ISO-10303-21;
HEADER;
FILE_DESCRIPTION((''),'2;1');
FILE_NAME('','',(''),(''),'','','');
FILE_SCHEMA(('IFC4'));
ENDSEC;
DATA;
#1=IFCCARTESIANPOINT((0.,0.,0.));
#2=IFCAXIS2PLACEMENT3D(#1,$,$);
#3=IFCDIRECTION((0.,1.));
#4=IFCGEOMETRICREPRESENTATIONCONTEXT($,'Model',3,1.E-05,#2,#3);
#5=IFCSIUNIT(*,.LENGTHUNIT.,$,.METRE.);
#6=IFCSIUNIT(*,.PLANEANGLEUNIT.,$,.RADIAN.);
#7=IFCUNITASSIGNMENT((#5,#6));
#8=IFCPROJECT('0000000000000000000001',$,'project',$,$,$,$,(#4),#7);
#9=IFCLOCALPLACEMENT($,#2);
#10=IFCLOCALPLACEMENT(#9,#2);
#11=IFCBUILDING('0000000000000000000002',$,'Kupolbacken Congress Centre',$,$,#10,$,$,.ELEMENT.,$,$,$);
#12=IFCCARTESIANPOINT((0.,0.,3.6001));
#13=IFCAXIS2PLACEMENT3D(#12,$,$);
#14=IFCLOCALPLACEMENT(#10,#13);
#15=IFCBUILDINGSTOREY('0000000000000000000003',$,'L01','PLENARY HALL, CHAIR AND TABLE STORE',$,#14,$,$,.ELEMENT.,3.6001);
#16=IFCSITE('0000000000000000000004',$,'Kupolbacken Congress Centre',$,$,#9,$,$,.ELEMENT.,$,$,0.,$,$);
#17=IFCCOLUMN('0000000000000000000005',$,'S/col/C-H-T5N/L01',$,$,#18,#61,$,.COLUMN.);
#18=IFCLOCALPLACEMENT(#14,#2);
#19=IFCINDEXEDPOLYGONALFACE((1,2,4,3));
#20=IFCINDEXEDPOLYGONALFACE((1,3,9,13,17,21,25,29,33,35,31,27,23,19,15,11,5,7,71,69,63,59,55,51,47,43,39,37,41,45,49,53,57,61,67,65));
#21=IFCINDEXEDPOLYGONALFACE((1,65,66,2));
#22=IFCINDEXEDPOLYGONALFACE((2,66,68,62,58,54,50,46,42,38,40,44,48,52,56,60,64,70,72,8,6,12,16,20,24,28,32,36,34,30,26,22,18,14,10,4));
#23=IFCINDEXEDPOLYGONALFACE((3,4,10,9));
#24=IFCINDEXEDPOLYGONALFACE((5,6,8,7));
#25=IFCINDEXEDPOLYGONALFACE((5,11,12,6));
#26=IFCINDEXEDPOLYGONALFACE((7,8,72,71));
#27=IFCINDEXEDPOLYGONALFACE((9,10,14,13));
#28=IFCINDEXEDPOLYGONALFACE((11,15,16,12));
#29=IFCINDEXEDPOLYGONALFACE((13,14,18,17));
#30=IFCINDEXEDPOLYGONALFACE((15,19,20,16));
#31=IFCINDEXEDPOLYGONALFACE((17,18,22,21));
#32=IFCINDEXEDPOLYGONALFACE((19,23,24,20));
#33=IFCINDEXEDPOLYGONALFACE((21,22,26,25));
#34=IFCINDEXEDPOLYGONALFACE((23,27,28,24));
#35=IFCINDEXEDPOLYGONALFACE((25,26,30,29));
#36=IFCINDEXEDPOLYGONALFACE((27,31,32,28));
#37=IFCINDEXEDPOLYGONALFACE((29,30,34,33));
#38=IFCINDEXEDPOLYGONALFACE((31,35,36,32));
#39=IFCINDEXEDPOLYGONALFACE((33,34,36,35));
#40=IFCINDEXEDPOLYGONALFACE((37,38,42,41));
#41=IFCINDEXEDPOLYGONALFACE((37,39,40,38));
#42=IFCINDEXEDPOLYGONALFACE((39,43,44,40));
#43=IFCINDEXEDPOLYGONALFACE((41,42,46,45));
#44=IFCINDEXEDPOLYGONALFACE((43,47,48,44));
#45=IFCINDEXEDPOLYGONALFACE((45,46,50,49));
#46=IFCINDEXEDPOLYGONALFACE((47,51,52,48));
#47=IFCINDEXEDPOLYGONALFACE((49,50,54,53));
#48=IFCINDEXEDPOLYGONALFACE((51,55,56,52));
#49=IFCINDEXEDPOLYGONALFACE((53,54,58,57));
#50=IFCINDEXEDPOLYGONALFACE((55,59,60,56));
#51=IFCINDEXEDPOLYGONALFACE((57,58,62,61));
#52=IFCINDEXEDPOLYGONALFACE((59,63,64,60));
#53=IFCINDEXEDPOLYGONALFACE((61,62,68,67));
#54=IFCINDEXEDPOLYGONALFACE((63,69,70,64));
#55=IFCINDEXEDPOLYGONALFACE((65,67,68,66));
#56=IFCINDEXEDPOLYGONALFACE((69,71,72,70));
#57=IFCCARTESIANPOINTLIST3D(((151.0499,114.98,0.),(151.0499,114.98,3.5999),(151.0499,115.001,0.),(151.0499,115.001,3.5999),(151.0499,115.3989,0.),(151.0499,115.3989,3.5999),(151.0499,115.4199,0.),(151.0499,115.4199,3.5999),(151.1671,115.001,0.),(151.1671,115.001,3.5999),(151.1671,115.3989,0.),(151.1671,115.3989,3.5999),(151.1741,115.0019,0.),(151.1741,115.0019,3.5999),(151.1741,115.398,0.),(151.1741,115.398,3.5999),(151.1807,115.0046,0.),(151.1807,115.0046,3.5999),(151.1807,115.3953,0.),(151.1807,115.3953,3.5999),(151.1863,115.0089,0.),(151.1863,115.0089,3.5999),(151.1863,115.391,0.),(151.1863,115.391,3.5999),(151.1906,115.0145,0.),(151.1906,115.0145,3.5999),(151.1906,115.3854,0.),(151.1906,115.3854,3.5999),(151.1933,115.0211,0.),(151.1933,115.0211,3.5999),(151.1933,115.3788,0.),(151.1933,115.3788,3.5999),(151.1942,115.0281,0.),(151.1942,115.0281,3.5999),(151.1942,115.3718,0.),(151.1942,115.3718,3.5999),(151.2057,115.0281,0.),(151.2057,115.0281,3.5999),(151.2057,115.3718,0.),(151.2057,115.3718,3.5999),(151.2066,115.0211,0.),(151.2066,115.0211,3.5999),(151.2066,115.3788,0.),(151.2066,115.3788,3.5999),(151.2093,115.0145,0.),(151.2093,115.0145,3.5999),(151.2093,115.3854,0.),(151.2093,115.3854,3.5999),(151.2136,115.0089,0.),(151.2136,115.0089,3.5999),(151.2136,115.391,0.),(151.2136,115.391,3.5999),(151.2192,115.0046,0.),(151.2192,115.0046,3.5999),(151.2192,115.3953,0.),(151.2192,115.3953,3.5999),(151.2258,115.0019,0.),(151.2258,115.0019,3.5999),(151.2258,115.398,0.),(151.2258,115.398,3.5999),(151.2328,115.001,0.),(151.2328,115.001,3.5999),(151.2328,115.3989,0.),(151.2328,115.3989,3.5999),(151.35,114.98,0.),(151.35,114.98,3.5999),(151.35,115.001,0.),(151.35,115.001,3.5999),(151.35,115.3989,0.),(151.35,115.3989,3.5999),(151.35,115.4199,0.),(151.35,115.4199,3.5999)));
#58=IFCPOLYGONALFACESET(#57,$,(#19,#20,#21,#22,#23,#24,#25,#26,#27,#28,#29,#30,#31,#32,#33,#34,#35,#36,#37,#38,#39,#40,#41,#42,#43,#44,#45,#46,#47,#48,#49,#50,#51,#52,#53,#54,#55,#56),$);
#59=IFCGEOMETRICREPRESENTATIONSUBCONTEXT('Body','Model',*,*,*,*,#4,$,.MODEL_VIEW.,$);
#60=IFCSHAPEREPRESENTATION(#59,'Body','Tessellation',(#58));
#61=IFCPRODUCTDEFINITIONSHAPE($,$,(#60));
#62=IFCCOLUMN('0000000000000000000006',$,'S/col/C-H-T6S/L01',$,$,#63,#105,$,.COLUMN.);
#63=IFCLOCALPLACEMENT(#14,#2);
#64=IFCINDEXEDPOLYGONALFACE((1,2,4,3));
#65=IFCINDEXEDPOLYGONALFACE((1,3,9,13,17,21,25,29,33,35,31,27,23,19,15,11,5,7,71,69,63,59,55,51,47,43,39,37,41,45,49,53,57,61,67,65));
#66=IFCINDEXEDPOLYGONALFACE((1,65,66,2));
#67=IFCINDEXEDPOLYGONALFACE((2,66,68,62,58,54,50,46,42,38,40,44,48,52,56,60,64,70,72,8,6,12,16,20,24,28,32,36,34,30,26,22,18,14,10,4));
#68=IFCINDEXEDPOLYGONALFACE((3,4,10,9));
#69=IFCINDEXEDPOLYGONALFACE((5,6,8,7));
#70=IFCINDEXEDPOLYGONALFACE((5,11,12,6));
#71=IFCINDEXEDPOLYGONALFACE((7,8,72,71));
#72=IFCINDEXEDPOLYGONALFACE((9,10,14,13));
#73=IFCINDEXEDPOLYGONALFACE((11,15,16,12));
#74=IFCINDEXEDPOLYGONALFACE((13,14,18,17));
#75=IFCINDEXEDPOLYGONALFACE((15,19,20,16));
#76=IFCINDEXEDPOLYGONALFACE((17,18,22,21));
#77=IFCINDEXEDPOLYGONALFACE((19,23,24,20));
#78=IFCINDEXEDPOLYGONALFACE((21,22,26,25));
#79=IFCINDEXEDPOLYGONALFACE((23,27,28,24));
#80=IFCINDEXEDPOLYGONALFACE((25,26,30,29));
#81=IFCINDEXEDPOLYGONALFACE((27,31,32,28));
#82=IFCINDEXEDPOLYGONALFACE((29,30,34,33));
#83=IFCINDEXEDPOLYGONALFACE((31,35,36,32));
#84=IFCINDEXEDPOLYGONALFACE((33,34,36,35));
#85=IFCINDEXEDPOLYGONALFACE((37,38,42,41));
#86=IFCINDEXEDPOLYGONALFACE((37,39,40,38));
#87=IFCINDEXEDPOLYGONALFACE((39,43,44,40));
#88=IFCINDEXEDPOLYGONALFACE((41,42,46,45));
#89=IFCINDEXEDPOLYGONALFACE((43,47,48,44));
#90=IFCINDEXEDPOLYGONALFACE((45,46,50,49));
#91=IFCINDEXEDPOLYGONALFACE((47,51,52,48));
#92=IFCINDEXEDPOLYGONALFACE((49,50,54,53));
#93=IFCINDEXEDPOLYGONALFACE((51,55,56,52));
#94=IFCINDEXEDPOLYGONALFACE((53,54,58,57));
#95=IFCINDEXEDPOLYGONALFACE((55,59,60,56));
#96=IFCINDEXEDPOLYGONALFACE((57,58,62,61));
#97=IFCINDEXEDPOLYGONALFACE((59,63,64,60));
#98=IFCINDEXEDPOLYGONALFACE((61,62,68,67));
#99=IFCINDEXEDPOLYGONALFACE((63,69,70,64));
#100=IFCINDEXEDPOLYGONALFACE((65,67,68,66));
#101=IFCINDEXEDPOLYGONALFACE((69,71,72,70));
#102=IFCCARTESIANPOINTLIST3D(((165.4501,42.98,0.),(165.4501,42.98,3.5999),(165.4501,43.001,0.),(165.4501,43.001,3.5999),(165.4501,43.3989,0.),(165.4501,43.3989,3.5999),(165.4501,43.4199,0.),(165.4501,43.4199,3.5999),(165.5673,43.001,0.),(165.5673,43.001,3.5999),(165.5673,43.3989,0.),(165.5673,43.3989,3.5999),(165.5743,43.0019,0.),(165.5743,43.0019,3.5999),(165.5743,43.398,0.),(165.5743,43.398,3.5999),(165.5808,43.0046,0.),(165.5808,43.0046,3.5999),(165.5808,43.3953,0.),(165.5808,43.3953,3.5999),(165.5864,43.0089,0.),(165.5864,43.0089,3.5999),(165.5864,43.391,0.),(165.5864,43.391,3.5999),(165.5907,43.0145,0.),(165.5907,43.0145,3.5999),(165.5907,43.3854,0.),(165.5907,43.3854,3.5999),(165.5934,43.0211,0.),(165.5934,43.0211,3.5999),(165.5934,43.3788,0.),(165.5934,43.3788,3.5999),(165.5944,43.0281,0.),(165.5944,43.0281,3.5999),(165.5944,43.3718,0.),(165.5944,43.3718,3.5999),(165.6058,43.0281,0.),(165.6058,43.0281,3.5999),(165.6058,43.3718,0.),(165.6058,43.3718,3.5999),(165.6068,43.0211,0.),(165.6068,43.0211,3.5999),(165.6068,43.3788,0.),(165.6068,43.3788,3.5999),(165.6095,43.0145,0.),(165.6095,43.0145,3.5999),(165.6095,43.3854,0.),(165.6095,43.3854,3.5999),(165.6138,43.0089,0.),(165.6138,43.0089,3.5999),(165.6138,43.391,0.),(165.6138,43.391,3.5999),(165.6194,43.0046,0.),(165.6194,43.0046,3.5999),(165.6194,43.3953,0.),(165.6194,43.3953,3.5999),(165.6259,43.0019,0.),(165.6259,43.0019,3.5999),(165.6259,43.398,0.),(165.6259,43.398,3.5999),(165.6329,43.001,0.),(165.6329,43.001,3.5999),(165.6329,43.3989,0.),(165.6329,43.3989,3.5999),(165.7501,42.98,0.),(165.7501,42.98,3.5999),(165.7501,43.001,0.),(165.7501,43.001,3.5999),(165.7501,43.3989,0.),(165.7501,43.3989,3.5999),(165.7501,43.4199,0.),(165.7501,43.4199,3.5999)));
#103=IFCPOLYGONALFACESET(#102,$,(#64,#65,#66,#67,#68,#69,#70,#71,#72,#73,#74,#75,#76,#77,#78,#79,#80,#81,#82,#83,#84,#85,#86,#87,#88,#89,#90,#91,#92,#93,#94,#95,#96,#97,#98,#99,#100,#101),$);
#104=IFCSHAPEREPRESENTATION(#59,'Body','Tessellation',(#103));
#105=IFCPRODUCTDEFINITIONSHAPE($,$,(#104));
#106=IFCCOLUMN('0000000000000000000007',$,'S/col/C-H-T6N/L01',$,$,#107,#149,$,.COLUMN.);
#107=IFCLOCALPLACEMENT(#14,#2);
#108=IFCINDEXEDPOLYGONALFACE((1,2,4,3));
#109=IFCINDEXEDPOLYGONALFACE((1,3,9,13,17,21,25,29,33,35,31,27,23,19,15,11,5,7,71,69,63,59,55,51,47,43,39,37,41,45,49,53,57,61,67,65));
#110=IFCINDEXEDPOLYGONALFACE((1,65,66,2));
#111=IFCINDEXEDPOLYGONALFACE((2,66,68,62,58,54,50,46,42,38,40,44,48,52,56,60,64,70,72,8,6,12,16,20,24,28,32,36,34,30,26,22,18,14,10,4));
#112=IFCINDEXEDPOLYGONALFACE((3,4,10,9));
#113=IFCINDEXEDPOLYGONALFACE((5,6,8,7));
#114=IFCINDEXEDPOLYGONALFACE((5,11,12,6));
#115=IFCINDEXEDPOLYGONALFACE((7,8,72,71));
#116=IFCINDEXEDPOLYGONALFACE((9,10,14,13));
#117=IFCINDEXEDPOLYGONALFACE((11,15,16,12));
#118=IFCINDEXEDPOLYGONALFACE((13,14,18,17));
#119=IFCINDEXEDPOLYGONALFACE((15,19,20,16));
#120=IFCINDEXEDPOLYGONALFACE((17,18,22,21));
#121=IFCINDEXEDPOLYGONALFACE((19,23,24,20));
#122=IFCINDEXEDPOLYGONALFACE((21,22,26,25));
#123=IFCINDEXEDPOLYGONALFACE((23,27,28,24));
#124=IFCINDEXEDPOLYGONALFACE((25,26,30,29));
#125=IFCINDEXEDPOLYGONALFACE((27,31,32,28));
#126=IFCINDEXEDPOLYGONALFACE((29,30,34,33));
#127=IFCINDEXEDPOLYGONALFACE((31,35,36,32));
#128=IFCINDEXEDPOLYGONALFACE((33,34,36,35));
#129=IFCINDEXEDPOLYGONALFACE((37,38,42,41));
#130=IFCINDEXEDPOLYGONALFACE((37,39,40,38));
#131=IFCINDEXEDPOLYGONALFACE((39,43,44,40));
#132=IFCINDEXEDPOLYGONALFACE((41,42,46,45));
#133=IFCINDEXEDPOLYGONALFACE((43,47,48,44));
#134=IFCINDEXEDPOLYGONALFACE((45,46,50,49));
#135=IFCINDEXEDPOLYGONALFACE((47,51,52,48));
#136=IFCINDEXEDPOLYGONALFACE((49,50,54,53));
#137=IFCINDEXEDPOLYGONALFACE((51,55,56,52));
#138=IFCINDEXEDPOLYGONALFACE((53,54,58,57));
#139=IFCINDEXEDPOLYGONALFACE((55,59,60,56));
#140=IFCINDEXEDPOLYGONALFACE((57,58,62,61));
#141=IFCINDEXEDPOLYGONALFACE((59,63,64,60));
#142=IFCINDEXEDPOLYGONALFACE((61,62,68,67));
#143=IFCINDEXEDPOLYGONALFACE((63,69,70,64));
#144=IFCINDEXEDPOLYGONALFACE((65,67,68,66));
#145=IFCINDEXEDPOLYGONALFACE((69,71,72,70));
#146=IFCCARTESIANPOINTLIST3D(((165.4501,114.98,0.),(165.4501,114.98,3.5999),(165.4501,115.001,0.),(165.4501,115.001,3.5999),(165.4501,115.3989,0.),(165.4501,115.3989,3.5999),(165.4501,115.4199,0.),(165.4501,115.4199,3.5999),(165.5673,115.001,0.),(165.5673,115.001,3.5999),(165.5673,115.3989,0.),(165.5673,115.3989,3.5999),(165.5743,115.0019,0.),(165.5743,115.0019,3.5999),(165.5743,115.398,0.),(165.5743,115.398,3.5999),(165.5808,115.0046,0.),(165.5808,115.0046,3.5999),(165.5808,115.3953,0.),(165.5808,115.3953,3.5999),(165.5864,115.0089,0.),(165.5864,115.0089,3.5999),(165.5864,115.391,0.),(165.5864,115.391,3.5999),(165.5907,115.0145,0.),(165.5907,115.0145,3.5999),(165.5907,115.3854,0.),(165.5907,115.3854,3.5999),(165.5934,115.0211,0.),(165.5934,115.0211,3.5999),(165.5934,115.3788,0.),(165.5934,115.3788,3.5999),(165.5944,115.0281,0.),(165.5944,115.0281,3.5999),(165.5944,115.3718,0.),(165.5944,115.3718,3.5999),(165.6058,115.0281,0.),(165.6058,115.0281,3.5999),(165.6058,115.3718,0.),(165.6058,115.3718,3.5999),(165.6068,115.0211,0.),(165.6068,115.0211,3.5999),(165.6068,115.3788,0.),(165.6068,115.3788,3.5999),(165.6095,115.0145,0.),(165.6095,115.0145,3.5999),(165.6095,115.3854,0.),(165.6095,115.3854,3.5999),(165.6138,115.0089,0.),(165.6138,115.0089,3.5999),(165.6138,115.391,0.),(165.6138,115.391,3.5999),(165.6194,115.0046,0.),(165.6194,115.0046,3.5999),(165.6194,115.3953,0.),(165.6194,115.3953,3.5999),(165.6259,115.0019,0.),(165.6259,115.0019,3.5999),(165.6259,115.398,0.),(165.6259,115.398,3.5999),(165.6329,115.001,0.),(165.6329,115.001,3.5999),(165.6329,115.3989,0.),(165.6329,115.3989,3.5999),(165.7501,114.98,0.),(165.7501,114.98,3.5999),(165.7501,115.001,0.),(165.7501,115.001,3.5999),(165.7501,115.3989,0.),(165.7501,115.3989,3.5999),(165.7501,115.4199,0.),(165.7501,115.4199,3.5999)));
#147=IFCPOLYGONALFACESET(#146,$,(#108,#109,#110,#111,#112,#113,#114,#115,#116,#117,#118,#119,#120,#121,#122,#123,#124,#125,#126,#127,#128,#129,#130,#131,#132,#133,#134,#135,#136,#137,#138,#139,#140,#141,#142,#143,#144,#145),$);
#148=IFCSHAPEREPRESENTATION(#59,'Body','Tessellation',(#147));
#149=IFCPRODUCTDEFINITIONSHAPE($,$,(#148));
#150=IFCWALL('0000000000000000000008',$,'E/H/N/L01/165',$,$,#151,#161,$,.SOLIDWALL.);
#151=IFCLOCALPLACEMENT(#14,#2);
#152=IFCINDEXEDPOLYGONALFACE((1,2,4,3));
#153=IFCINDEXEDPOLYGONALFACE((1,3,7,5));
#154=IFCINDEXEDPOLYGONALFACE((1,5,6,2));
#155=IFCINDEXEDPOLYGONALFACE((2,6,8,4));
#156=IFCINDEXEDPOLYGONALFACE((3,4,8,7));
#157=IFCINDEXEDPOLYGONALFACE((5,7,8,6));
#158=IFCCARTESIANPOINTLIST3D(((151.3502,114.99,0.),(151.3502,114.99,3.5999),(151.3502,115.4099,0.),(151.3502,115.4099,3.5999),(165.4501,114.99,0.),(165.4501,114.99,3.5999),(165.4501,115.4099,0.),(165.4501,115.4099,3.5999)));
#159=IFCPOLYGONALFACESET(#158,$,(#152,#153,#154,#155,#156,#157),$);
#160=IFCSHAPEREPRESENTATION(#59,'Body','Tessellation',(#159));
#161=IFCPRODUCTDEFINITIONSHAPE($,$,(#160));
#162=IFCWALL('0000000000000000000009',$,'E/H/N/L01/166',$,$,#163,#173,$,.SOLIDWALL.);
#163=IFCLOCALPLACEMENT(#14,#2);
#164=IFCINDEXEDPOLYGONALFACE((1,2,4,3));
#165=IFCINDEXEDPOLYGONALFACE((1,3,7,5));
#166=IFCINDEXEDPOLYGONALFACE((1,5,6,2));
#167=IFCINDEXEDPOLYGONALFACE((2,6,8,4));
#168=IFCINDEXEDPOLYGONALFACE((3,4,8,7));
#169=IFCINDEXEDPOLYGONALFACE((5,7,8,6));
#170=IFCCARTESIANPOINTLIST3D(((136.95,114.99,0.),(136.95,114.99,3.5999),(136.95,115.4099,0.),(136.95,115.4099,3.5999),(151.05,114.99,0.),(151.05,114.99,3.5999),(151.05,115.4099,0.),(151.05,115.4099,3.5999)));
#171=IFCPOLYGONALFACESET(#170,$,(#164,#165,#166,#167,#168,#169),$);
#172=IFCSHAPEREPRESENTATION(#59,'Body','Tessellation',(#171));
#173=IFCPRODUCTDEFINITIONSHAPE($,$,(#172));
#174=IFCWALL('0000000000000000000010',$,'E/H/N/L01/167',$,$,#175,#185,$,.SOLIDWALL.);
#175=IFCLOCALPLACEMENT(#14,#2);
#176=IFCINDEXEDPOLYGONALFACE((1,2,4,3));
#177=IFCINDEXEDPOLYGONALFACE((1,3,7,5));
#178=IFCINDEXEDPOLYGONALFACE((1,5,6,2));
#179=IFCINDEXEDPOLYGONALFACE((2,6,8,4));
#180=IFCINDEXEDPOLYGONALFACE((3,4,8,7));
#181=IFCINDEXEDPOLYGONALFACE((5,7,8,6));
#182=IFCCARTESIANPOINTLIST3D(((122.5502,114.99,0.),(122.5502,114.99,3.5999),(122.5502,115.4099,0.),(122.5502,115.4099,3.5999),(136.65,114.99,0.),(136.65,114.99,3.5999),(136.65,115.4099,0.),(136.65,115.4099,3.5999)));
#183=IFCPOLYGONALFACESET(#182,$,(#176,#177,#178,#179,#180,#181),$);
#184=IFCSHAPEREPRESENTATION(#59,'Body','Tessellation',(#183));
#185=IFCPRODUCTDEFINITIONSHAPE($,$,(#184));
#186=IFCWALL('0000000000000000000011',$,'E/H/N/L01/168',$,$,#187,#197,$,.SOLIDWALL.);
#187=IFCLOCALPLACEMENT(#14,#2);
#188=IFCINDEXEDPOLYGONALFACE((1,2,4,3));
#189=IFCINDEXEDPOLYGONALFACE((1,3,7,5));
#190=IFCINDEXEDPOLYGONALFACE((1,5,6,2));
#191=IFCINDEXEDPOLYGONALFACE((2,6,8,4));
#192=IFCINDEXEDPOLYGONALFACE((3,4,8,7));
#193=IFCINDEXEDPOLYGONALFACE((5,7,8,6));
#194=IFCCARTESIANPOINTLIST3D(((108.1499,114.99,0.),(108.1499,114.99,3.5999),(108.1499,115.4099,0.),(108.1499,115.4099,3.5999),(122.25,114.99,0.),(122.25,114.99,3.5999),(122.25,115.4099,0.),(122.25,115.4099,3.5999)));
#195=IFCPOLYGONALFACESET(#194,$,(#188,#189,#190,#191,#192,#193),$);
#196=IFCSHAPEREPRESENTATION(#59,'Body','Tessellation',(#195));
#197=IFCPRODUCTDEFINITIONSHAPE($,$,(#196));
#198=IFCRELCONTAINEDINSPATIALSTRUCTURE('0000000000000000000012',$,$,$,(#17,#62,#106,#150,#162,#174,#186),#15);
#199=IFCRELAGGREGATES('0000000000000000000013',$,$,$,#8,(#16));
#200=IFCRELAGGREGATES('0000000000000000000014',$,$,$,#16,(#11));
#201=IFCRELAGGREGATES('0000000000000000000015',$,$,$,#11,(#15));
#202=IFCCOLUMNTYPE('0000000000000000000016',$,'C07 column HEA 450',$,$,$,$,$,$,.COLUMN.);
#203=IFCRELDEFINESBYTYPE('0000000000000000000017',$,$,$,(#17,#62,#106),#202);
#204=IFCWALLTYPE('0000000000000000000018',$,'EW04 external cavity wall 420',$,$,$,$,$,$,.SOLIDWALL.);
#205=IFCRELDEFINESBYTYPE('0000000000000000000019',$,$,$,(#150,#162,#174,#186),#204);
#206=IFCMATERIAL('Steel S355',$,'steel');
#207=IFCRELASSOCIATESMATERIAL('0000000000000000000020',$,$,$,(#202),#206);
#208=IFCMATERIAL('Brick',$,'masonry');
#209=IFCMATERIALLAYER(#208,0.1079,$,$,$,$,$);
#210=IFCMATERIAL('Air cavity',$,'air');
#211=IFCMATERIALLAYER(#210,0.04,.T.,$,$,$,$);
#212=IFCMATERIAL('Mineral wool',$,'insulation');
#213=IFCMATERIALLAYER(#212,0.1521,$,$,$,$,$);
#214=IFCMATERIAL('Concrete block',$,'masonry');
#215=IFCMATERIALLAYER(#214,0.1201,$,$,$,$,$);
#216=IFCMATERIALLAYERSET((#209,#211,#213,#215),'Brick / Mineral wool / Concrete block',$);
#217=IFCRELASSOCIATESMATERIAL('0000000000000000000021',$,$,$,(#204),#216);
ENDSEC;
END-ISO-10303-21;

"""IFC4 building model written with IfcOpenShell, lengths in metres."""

from ifc_helpers import new_model, si_unit, direction, frame, frame_2d, origin, origin_2d, place, context, subcontext, project, spatial, rectangle, i_section, extrude, material, layer, layer_set, material_profile, profile_set, type_object, element, save


model = new_model("IFC4")

# Units and contexts
model_context = context("Model", 3, precision=1e-05, world=origin(), true_north=direction((0.0, 1.0)))
body_context = subcontext(model_context, "Body", "Model", "MODEL_VIEW")
ifc_project = project(units=[si_unit("LENGTHUNIT", "METRE"), si_unit("PLANEANGLEUNIT", "RADIAN")], contexts=[model_context])

# Site, building, storey
site_placement = place(None, origin())
site = spatial("IfcSite", under=ifc_project, at=site_placement, Name="Kupolbacken Congress Centre", CompositionType="ELEMENT", RefElevation=0.0)
building_placement = place(site_placement, origin())
building = spatial("IfcBuilding", under=site, at=building_placement, Name="Kupolbacken Congress Centre", CompositionType="ELEMENT")
storey_placement = place(building_placement, frame((0.0, 0.0, 3.6001)))
storey = spatial("IfcBuildingStorey", under=building, at=storey_placement, Name="L01", Description="PLENARY HALL, CHAIR AND TABLE STORE", CompositionType="ELEMENT", Elevation=3.6001)

# Columns
ifc_material_1 = material(Name="Steel S355", Category="steel")
ifc_material_profile = material_profile(ifc_material_1, i_section(OverallWidth=0.3, OverallDepth=0.4399, WebThickness=0.0115, FlangeThickness=0.021, FilletRadius=0.0271, at=origin_2d()), Name="HEA 450")
ifc_profile_set = profile_set([ifc_material_profile], Name="Steel S355")
column_type = type_object("IfcColumnType", Name="C07 column HEA 450", PredefinedType="COLUMN", material=ifc_profile_set)
for number, where, z_axis, x_axis, name in (
    (1, (151.2, 115.2, 0.0), (0.0, 0.0, 1.0), (1.0, 0.0, 0.0), "S/col/C-H-T5N/L01"),
    (2, (165.6001, 43.2, 0.0), (0.0, 0.0, 1.0), (1.0, 0.0, 0.0), "S/col/C-H-T6S/L01"),
    (3, (165.6001, 115.2, 0.0), (0.0, 0.0, 1.0), (1.0, 0.0, 0.0), "S/col/C-H-T6N/L01"),
):
    element("IfcColumn", number, at=place(storey_placement, frame(where, z_axis=z_axis, x_axis=x_axis)), inside=storey, type_object=column_type, Name=name, PredefinedType="COLUMN", context=body_context, shape_type="SweptSolid", body=[
        extrude(i_section(OverallWidth=0.3, OverallDepth=0.4399, WebThickness=0.0115, FlangeThickness=0.021, FilletRadius=0.0271, at=origin_2d()), origin(), (0.0, 0.0, 1.0), 3.5999),
    ])

# Walls
ifc_material_2 = material(Name="Brick", Category="masonry")
ifc_layer_1 = layer(ifc_material_2, 0.1079)
ifc_material_3 = material(Name="Air cavity", Category="air")
ifc_layer_2 = layer(ifc_material_3, 0.04, ventilated=True)
ifc_material_4 = material(Name="Mineral wool", Category="insulation")
ifc_layer_3 = layer(ifc_material_4, 0.1521)
ifc_material_5 = material(Name="Concrete block", Category="masonry")
ifc_layer_4 = layer(ifc_material_5, 0.1201)
ifc_layer_set_1 = layer_set([ifc_layer_1, ifc_layer_2, ifc_layer_3, ifc_layer_4], Name="Brick / Mineral wool / Concrete block")
wall_type = type_object("IfcWallType", Name="EW04 external cavity wall 420", PredefinedType="SOLIDWALL", material=ifc_layer_set_1)
wall_1_placement = place(storey_placement, frame((165.45, 115.2, 0.0), z_axis=(0.0, 0.0, 1.0), x_axis=(-1.0, 0.0, 0.0)))
element("IfcWall", 4, at=wall_1_placement, inside=storey, type_object=wall_type, Name="E/H/N/L01/165", PredefinedType="SOLIDWALL", context=body_context, shape_type="SweptSolid", body=[
    extrude(rectangle(XDim=14.0999, YDim=0.4199, at=frame_2d((7.0498, 0.0))), origin(), (0.0, 0.0, 1.0), 3.5999),
])
wall_2_placement = place(storey_placement, frame((151.05, 115.2, 0.0), z_axis=(0.0, 0.0, 1.0), x_axis=(-1.0, 0.0, 0.0)))
element("IfcWall", 5, at=wall_2_placement, inside=storey, type_object=wall_type, Name="E/H/N/L01/166", PredefinedType="SOLIDWALL", context=body_context, shape_type="SweptSolid", body=[
    extrude(rectangle(XDim=14.1001, YDim=0.4199, at=frame_2d((7.05, 0.0))), origin(), (0.0, 0.0, 1.0), 3.5999),
])
wall_3_placement = place(storey_placement, frame((136.6499, 115.2, 0.0), z_axis=(0.0, 0.0, 1.0), x_axis=(-1.0, 0.0, 0.0)))
element("IfcWall", 6, at=wall_3_placement, inside=storey, type_object=wall_type, Name="E/H/N/L01/167", PredefinedType="SOLIDWALL", context=body_context, shape_type="SweptSolid", body=[
    extrude(rectangle(XDim=14.0999, YDim=0.4199, at=frame_2d((7.0498, 0.0))), origin(), (0.0, 0.0, 1.0), 3.5999),
])
for number, where, z_axis, x_axis, name in (
    (7, (122.25, 115.2, 0.0), (0.0, 0.0, 1.0), (-1.0, 0.0, 0.0), "E/H/N/L01/168"),
):
    element("IfcWall", number, at=place(storey_placement, frame(where, z_axis=z_axis, x_axis=x_axis)), inside=storey, type_object=wall_type, Name=name, PredefinedType="SOLIDWALL", context=body_context, shape_type="SweptSolid", body=[
        extrude(rectangle(XDim=14.1001, YDim=0.4199, at=frame_2d((7.05, 0.0))), origin(), (0.0, 0.0, 1.0), 3.5999),
    ])

save(model, "model.ifc")
